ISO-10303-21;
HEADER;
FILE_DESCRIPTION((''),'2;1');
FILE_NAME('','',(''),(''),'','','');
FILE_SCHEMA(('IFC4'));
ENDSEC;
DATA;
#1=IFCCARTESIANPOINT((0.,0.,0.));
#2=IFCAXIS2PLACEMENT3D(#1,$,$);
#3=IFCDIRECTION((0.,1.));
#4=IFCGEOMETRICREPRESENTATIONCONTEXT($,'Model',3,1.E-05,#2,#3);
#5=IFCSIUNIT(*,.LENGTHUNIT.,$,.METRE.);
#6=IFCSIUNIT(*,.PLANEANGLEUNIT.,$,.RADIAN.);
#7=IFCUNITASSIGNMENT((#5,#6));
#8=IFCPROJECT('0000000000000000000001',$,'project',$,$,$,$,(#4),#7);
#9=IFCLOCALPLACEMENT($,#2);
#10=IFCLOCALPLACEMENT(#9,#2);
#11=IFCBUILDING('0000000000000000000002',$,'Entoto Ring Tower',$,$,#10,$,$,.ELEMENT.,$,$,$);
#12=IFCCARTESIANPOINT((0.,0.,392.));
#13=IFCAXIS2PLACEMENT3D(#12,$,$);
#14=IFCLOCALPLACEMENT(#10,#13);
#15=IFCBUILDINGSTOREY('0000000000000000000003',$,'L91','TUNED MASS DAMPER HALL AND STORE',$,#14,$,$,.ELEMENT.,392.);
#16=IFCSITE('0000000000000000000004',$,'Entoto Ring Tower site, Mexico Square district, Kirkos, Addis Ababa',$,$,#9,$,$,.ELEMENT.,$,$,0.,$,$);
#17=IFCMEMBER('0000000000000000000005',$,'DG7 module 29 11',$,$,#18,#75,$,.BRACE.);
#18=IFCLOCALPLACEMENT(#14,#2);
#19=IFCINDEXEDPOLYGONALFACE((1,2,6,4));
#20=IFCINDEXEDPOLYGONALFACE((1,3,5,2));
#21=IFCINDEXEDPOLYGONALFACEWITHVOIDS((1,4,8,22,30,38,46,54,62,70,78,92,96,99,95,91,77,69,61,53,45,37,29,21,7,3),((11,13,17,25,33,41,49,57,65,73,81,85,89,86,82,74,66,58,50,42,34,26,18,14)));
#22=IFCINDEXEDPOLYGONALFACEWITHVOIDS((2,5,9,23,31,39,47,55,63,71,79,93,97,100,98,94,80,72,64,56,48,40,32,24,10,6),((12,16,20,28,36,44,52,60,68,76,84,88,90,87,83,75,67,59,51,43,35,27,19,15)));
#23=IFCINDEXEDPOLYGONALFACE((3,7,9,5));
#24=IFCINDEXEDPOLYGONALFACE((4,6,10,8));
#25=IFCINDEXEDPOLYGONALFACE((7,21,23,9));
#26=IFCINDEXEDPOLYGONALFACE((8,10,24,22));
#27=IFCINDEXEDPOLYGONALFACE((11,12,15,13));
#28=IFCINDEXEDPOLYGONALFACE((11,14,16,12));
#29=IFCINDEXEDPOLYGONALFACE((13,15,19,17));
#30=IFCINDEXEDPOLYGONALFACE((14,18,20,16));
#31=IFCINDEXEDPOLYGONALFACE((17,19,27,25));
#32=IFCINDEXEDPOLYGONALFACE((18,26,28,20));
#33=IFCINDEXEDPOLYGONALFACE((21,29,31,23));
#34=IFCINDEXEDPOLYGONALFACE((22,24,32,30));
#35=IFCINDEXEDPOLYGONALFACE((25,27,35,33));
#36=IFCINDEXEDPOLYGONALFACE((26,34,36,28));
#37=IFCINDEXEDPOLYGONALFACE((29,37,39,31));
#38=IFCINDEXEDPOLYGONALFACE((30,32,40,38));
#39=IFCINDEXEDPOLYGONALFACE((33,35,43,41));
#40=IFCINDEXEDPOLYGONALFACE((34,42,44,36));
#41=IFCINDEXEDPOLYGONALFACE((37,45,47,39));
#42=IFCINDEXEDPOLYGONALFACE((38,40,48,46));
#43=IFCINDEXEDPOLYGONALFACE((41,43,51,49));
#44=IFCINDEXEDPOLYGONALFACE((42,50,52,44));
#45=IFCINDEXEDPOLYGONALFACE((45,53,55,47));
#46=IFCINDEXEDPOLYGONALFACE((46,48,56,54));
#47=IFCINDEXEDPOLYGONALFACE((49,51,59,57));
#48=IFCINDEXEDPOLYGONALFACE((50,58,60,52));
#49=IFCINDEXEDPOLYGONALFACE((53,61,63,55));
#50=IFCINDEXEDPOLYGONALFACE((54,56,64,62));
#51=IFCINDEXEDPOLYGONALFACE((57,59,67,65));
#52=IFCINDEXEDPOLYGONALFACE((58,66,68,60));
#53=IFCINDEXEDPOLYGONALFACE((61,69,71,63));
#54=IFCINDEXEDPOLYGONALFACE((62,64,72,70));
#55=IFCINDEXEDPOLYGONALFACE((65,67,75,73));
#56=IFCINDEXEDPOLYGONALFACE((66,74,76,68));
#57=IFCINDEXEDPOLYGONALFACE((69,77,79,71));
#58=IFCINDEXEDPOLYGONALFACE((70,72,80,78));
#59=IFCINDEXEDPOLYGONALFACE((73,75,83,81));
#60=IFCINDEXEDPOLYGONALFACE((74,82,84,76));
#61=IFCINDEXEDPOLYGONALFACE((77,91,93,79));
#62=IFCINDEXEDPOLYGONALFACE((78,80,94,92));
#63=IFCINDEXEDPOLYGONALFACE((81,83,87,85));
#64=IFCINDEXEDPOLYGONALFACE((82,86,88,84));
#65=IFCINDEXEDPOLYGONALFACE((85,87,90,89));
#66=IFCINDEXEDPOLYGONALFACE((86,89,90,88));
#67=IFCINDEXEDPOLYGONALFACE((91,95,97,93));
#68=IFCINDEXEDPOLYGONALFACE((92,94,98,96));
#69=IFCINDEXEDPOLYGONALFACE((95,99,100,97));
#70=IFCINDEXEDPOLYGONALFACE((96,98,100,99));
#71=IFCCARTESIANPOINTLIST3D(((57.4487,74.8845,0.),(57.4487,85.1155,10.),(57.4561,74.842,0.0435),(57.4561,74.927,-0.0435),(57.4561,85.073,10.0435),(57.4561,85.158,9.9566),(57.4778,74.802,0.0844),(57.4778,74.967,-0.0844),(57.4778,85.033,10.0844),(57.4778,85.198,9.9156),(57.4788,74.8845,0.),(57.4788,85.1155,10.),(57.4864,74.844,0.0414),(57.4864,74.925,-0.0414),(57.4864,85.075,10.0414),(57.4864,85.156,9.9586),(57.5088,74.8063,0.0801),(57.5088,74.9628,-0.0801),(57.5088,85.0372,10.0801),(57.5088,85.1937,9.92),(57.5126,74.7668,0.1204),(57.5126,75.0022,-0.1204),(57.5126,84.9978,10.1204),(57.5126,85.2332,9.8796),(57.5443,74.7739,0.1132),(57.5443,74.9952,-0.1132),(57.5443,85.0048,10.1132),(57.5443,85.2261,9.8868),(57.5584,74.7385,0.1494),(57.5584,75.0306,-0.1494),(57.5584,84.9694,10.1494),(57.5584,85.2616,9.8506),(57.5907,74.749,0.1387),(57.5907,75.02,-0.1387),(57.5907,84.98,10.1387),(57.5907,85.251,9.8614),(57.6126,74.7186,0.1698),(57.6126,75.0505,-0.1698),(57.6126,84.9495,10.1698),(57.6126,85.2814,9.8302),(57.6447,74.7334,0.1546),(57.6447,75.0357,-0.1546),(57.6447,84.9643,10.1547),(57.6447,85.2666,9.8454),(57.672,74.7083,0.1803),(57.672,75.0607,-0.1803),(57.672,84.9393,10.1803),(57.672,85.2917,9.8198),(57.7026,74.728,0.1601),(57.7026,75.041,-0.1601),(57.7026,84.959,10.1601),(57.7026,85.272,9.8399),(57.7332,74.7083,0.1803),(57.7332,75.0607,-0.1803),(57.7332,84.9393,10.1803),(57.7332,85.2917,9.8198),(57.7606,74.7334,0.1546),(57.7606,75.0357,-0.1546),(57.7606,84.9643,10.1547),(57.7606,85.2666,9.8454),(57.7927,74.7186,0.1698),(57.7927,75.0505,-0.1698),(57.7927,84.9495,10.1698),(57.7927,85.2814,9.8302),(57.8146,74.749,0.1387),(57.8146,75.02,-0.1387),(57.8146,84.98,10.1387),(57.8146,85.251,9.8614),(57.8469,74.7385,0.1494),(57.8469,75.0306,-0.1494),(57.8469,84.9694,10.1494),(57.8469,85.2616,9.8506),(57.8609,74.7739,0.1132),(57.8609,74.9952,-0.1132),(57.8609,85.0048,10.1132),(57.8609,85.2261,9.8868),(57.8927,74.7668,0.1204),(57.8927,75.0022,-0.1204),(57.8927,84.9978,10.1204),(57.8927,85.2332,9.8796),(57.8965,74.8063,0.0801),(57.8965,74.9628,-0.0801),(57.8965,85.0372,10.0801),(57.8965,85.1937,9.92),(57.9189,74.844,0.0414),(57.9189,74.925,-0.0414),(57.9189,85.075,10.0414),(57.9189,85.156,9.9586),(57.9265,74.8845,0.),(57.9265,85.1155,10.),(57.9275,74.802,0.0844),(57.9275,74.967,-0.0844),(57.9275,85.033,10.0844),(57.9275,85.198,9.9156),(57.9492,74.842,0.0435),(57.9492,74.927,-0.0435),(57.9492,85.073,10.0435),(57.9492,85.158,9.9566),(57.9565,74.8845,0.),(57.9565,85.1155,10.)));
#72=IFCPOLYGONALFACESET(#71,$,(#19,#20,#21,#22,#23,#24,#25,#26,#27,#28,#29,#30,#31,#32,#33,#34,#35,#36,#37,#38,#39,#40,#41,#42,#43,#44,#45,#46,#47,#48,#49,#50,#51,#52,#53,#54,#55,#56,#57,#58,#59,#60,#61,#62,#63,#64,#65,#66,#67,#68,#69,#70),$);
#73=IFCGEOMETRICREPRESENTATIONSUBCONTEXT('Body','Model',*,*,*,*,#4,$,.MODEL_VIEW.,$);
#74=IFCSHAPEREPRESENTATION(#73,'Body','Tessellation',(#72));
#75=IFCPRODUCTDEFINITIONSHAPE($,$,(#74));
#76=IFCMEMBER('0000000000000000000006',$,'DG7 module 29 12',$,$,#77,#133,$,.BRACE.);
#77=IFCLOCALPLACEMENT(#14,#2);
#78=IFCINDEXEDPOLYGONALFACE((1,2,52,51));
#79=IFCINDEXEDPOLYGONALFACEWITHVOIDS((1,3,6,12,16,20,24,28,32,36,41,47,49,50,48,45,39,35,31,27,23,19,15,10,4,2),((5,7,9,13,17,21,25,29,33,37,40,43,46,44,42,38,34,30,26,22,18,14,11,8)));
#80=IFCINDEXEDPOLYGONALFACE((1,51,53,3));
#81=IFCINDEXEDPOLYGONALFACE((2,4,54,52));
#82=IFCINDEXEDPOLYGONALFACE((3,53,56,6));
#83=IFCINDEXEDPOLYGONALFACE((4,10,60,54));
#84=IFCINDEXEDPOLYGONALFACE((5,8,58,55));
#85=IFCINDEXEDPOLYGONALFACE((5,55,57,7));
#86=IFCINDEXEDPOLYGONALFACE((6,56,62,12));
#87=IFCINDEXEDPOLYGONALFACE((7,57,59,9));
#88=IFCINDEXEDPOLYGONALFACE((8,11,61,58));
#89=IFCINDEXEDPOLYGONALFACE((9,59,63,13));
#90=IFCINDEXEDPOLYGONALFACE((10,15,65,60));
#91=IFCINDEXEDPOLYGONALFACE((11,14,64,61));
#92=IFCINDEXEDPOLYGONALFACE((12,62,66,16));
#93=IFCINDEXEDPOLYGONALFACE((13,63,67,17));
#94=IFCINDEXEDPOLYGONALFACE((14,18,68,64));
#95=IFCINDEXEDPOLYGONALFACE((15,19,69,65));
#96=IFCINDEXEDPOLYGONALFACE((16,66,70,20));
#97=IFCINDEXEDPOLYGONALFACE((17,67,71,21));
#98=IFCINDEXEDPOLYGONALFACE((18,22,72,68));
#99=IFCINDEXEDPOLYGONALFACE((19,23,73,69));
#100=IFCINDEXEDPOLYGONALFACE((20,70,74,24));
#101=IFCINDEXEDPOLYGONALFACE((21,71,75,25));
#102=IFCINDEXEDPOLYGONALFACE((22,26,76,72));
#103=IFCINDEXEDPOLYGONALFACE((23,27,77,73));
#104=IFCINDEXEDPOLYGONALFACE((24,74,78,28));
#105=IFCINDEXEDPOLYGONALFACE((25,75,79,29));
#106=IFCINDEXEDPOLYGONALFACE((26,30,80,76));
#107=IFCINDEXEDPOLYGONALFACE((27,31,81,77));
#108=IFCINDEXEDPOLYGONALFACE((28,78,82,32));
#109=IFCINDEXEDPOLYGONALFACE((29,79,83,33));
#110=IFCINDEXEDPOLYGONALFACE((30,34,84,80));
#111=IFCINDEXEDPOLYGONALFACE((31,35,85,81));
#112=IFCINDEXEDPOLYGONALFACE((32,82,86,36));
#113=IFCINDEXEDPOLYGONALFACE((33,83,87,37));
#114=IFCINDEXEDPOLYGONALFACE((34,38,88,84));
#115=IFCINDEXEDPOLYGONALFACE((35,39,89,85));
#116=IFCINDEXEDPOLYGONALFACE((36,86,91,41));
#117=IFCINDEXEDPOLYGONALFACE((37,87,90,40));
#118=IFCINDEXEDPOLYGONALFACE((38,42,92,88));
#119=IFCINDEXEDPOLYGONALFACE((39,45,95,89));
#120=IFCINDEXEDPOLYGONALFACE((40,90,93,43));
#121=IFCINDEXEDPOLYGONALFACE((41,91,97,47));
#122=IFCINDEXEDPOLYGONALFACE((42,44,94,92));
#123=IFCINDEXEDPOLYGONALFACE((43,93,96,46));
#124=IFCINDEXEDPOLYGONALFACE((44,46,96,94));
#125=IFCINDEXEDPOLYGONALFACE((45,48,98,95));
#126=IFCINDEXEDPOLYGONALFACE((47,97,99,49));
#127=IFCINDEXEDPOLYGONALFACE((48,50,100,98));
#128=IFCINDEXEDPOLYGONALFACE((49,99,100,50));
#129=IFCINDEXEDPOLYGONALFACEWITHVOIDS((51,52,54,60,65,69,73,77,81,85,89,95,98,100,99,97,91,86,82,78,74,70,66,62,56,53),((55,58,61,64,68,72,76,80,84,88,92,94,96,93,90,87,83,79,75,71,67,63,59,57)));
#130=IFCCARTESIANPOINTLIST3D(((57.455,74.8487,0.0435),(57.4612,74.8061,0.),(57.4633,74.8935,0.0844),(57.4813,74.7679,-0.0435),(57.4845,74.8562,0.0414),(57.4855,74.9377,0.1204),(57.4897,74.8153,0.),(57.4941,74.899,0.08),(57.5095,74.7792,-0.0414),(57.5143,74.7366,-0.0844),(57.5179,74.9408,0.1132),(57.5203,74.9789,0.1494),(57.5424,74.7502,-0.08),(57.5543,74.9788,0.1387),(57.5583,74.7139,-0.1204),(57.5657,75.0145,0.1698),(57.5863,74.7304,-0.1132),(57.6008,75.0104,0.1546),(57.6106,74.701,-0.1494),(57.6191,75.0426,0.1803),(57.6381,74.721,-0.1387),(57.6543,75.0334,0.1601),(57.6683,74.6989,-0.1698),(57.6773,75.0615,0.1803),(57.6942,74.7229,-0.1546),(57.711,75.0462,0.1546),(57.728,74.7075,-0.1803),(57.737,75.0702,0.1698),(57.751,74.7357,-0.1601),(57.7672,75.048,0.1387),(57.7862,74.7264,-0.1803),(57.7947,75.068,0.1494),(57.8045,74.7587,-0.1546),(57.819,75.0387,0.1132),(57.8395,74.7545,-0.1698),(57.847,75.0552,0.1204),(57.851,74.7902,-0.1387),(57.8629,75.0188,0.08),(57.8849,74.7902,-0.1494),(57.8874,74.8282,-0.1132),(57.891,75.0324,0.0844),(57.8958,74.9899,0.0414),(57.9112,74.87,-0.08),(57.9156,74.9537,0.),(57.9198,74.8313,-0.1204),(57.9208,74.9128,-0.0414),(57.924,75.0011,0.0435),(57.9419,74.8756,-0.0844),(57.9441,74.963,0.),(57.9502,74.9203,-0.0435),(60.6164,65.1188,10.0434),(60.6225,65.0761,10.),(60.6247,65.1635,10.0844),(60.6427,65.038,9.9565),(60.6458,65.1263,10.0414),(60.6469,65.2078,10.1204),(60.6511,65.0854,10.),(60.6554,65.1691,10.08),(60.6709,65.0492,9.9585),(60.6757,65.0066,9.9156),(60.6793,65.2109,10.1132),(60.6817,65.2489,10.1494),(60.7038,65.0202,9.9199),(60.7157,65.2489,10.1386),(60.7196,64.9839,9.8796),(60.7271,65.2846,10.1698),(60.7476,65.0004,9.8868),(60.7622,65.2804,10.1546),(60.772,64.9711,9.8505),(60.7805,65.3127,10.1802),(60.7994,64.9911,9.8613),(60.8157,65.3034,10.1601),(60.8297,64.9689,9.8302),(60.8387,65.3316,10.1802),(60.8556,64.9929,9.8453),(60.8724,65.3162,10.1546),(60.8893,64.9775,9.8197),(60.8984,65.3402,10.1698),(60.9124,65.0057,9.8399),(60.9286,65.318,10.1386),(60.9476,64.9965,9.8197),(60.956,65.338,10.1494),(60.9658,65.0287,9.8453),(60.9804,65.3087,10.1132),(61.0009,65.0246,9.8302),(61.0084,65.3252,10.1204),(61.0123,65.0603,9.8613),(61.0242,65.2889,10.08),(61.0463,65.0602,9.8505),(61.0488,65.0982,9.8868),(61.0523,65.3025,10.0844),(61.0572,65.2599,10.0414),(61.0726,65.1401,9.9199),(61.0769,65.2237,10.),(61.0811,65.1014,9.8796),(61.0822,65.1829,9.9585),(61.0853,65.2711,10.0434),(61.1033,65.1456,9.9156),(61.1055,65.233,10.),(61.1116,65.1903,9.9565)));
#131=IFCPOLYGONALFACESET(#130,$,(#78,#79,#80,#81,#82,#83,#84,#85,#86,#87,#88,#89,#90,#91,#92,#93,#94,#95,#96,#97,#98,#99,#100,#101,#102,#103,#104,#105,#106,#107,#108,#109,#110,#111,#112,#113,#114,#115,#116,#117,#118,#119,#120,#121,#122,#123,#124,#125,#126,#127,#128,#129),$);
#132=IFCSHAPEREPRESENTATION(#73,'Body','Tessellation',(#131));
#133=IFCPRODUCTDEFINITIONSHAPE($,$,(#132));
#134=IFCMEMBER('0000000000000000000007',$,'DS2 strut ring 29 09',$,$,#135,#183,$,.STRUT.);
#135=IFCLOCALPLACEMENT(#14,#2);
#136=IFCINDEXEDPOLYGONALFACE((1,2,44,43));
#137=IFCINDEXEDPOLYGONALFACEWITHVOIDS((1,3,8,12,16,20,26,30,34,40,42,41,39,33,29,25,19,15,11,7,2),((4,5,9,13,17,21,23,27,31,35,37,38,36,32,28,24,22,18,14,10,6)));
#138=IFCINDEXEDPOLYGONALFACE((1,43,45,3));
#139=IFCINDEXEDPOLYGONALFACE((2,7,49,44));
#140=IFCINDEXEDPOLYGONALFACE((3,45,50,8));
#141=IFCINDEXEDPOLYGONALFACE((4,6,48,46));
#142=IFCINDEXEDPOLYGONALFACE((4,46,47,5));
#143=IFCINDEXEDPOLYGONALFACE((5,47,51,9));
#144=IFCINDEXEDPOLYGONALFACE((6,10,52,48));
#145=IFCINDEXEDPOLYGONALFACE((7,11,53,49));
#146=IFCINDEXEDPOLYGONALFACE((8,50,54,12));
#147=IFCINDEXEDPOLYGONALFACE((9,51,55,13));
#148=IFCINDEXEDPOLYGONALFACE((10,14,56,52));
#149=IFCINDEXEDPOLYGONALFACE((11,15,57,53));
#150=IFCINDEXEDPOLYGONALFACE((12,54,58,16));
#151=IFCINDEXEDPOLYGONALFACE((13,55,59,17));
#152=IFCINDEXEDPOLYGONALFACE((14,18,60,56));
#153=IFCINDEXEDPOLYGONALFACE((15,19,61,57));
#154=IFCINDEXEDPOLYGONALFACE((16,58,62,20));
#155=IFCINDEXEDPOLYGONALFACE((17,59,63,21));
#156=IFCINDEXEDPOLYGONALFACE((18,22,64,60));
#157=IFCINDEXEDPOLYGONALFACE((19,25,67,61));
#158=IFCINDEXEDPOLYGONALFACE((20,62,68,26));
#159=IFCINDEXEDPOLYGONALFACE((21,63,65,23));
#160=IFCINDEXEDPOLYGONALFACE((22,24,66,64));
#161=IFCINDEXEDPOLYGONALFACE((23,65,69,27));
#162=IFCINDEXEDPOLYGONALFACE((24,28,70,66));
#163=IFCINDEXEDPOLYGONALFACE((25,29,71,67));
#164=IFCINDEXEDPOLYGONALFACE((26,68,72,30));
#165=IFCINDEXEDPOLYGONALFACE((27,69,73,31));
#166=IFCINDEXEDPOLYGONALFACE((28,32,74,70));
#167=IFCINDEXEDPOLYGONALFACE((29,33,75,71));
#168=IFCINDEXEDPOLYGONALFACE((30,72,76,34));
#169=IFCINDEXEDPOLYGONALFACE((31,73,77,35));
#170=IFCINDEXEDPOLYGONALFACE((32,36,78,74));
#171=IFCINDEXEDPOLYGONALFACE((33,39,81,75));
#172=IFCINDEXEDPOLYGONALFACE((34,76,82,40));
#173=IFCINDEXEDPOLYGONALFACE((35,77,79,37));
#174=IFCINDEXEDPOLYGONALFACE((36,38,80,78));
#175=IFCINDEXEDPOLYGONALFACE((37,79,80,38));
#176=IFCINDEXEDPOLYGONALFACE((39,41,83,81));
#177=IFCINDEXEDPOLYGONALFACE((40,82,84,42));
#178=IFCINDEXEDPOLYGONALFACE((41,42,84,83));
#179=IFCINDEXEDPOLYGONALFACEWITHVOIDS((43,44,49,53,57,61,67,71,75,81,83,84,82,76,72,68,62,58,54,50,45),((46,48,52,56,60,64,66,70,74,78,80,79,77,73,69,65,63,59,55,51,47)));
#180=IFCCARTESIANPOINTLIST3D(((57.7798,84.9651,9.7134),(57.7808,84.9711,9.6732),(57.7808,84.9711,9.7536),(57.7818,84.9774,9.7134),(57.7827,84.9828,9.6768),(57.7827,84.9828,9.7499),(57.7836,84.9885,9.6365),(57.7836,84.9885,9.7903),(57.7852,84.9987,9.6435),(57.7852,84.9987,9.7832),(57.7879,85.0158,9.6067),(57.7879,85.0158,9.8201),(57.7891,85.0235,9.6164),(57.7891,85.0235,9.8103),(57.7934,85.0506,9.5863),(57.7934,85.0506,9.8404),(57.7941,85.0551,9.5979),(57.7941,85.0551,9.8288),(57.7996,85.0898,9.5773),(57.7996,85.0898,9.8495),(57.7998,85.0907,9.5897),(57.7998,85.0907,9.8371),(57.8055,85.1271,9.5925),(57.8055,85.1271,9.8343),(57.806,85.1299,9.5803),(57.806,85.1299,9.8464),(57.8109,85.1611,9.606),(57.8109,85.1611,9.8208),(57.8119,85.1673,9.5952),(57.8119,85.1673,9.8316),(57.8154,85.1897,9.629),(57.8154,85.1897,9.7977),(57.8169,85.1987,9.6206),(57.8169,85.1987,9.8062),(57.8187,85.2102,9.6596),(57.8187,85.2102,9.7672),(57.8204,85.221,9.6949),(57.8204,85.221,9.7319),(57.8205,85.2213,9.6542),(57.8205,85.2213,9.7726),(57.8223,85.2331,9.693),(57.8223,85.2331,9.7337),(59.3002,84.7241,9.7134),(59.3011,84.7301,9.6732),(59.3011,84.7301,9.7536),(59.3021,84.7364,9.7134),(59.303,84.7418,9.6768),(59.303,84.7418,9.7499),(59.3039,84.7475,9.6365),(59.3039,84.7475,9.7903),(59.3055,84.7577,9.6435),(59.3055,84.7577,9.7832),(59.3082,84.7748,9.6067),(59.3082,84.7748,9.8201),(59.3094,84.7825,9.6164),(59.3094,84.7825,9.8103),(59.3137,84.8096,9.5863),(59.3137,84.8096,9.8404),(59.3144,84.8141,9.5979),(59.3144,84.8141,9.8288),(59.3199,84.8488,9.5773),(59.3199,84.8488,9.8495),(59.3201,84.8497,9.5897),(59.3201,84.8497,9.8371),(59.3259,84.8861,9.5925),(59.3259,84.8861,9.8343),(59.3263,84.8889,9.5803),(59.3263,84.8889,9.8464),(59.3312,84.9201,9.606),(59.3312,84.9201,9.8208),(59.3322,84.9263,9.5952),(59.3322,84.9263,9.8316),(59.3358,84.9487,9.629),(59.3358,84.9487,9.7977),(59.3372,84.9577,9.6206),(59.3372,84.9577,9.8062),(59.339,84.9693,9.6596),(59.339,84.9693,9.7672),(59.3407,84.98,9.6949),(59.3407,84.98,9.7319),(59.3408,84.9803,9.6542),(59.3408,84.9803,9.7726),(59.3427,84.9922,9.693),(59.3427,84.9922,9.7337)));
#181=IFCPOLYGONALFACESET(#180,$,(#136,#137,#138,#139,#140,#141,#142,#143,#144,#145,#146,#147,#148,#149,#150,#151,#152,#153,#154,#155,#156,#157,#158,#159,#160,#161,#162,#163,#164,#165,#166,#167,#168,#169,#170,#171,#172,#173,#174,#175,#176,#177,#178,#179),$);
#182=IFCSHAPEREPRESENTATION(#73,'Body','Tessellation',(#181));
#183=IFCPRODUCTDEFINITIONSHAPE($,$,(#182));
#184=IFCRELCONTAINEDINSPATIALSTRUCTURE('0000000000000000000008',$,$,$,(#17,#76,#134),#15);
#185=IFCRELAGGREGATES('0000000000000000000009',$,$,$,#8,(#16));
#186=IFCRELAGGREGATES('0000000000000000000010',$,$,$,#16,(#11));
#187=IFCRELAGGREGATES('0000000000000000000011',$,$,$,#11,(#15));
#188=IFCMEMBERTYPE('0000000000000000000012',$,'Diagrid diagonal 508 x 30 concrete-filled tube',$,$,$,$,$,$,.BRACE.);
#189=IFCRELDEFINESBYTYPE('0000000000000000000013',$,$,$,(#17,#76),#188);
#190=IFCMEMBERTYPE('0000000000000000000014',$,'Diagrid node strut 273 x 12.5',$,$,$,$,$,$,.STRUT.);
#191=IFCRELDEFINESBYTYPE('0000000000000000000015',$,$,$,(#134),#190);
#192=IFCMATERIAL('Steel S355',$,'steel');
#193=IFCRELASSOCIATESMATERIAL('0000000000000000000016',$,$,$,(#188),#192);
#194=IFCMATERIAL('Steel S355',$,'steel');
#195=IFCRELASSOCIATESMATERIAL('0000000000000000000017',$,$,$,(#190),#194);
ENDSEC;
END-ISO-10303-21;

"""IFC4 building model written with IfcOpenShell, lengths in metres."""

from ifc_helpers import new_model, si_unit, direction, frame, origin, origin_2d, place, context, subcontext, project, spatial, circle, hollow_circle, extrude, material, material_profile, profile_set, type_object, element, save


model = new_model("IFC4")

# Units and contexts
model_context = context("Model", 3, precision=1e-05, world=origin(), true_north=direction((0.0, 1.0)))
body_context = subcontext(model_context, "Body", "Model", "MODEL_VIEW")
ifc_project = project(units=[si_unit("LENGTHUNIT", "METRE"), si_unit("PLANEANGLEUNIT", "RADIAN")], contexts=[model_context])

# Site, building, storey
site_placement = place(None, origin())
site = spatial("IfcSite", under=ifc_project, at=site_placement, Name="Entoto Ring Tower site, Mexico Square district, Kirkos, Addis Ababa", CompositionType="ELEMENT", RefElevation=0.0)
building_placement = place(site_placement, origin())
building = spatial("IfcBuilding", under=site, at=building_placement, Name="Entoto Ring Tower", CompositionType="ELEMENT")
storey_placement = place(building_placement, frame((0.0, 0.0, 392.0)))
storey = spatial("IfcBuildingStorey", under=building, at=storey_placement, Name="L91", Description="TUNED MASS DAMPER HALL AND STORE", CompositionType="ELEMENT", Elevation=392.0)

# Members
ifc_material_1 = material(Name="Steel S355", Category="steel")
ifc_material_profile_1 = material_profile(ifc_material_1, hollow_circle(Radius=0.2539, WallThickness=0.03, at=origin_2d()), Name="CHS 508 x 30")
ifc_material_2 = material(Name="Concrete C60/75", Category="concrete")
ifc_material_profile_2 = material_profile(ifc_material_2, circle(Radius=0.2241, at=origin_2d()), Name="Concrete C60/75 infill")
ifc_profile_set_1 = profile_set([ifc_material_profile_1, ifc_material_profile_2], Name="Steel S355")
member_type_1 = type_object("IfcMemberType", Name="Diagrid diagonal 508 x 30 concrete-filled tube", PredefinedType="BRACE", material=ifc_profile_set_1)
member_1_placement = place(storey_placement, frame((57.7026, 74.8845, 0.0), z_axis=(0.0, 0.715133, 0.698989), x_axis=(-1.0, 0.0, 0.0)))
element("IfcMember", 1, at=member_1_placement, inside=storey, type_object=member_type_1, Name="DG7 module 29 11", PredefinedType="BRACE", context=body_context, shape_type="SweptSolid", body=[
    extrude(hollow_circle(Radius=0.2539, WallThickness=0.03, at=origin_2d()), origin(), (0.0, 0.0, 1.0), 14.3064),
])
member_2_placement = place(storey_placement, frame((57.7026, 74.8845, 0.0), z_axis=(0.22098, -0.680124, 0.698999), x_axis=(0.951059, 0.309009, 0.0)))
element("IfcMember", 2, at=member_2_placement, inside=storey, type_object=member_type_1, Name="DG7 module 29 12", PredefinedType="BRACE", context=body_context, shape_type="SweptSolid", body=[
    extrude(hollow_circle(Radius=0.2539, WallThickness=0.03, at=origin_2d()), origin(), (0.0, 0.0, 1.0), 14.3062),
])
ifc_material_3 = material(Name="Steel S355", Category="steel")
ifc_material_profile_3 = material_profile(ifc_material_3, hollow_circle(Radius=0.1365, WallThickness=0.0125, at=origin_2d()), Name="CHS 273 x 12.5")
ifc_material_4 = material(Name="Concrete C60/75", Category="concrete")
ifc_material_profile_4 = material_profile(ifc_material_4, circle(Radius=0.124, at=origin_2d()), Name="Concrete C60/75 infill")
ifc_profile_set_2 = profile_set([ifc_material_profile_3, ifc_material_profile_4], Name="Steel S355")
member_type_2 = type_object("IfcMemberType", Name="Diagrid node strut 273 x 12.5", PredefinedType="STRUT", material=ifc_profile_set_2)
for number, where, z_axis, x_axis, name in (
    (3, (59.3215, 84.8589, 9.7134), (-0.98767, 0.156549, 0.0), (-0.156549, -0.98767, 0.0), "DS2 strut ring 29 09"),
):
    element("IfcMember", number, at=place(storey_placement, frame(where, z_axis=z_axis, x_axis=x_axis)), inside=storey, type_object=member_type_2, Name=name, PredefinedType="STRUT", context=body_context, shape_type="SweptSolid", body=[
        extrude(hollow_circle(Radius=0.1365, WallThickness=0.0125, at=origin_2d()), origin(), (0.0, 0.0, 1.0), 1.5393),
    ])

save(model, "model.ifc")
